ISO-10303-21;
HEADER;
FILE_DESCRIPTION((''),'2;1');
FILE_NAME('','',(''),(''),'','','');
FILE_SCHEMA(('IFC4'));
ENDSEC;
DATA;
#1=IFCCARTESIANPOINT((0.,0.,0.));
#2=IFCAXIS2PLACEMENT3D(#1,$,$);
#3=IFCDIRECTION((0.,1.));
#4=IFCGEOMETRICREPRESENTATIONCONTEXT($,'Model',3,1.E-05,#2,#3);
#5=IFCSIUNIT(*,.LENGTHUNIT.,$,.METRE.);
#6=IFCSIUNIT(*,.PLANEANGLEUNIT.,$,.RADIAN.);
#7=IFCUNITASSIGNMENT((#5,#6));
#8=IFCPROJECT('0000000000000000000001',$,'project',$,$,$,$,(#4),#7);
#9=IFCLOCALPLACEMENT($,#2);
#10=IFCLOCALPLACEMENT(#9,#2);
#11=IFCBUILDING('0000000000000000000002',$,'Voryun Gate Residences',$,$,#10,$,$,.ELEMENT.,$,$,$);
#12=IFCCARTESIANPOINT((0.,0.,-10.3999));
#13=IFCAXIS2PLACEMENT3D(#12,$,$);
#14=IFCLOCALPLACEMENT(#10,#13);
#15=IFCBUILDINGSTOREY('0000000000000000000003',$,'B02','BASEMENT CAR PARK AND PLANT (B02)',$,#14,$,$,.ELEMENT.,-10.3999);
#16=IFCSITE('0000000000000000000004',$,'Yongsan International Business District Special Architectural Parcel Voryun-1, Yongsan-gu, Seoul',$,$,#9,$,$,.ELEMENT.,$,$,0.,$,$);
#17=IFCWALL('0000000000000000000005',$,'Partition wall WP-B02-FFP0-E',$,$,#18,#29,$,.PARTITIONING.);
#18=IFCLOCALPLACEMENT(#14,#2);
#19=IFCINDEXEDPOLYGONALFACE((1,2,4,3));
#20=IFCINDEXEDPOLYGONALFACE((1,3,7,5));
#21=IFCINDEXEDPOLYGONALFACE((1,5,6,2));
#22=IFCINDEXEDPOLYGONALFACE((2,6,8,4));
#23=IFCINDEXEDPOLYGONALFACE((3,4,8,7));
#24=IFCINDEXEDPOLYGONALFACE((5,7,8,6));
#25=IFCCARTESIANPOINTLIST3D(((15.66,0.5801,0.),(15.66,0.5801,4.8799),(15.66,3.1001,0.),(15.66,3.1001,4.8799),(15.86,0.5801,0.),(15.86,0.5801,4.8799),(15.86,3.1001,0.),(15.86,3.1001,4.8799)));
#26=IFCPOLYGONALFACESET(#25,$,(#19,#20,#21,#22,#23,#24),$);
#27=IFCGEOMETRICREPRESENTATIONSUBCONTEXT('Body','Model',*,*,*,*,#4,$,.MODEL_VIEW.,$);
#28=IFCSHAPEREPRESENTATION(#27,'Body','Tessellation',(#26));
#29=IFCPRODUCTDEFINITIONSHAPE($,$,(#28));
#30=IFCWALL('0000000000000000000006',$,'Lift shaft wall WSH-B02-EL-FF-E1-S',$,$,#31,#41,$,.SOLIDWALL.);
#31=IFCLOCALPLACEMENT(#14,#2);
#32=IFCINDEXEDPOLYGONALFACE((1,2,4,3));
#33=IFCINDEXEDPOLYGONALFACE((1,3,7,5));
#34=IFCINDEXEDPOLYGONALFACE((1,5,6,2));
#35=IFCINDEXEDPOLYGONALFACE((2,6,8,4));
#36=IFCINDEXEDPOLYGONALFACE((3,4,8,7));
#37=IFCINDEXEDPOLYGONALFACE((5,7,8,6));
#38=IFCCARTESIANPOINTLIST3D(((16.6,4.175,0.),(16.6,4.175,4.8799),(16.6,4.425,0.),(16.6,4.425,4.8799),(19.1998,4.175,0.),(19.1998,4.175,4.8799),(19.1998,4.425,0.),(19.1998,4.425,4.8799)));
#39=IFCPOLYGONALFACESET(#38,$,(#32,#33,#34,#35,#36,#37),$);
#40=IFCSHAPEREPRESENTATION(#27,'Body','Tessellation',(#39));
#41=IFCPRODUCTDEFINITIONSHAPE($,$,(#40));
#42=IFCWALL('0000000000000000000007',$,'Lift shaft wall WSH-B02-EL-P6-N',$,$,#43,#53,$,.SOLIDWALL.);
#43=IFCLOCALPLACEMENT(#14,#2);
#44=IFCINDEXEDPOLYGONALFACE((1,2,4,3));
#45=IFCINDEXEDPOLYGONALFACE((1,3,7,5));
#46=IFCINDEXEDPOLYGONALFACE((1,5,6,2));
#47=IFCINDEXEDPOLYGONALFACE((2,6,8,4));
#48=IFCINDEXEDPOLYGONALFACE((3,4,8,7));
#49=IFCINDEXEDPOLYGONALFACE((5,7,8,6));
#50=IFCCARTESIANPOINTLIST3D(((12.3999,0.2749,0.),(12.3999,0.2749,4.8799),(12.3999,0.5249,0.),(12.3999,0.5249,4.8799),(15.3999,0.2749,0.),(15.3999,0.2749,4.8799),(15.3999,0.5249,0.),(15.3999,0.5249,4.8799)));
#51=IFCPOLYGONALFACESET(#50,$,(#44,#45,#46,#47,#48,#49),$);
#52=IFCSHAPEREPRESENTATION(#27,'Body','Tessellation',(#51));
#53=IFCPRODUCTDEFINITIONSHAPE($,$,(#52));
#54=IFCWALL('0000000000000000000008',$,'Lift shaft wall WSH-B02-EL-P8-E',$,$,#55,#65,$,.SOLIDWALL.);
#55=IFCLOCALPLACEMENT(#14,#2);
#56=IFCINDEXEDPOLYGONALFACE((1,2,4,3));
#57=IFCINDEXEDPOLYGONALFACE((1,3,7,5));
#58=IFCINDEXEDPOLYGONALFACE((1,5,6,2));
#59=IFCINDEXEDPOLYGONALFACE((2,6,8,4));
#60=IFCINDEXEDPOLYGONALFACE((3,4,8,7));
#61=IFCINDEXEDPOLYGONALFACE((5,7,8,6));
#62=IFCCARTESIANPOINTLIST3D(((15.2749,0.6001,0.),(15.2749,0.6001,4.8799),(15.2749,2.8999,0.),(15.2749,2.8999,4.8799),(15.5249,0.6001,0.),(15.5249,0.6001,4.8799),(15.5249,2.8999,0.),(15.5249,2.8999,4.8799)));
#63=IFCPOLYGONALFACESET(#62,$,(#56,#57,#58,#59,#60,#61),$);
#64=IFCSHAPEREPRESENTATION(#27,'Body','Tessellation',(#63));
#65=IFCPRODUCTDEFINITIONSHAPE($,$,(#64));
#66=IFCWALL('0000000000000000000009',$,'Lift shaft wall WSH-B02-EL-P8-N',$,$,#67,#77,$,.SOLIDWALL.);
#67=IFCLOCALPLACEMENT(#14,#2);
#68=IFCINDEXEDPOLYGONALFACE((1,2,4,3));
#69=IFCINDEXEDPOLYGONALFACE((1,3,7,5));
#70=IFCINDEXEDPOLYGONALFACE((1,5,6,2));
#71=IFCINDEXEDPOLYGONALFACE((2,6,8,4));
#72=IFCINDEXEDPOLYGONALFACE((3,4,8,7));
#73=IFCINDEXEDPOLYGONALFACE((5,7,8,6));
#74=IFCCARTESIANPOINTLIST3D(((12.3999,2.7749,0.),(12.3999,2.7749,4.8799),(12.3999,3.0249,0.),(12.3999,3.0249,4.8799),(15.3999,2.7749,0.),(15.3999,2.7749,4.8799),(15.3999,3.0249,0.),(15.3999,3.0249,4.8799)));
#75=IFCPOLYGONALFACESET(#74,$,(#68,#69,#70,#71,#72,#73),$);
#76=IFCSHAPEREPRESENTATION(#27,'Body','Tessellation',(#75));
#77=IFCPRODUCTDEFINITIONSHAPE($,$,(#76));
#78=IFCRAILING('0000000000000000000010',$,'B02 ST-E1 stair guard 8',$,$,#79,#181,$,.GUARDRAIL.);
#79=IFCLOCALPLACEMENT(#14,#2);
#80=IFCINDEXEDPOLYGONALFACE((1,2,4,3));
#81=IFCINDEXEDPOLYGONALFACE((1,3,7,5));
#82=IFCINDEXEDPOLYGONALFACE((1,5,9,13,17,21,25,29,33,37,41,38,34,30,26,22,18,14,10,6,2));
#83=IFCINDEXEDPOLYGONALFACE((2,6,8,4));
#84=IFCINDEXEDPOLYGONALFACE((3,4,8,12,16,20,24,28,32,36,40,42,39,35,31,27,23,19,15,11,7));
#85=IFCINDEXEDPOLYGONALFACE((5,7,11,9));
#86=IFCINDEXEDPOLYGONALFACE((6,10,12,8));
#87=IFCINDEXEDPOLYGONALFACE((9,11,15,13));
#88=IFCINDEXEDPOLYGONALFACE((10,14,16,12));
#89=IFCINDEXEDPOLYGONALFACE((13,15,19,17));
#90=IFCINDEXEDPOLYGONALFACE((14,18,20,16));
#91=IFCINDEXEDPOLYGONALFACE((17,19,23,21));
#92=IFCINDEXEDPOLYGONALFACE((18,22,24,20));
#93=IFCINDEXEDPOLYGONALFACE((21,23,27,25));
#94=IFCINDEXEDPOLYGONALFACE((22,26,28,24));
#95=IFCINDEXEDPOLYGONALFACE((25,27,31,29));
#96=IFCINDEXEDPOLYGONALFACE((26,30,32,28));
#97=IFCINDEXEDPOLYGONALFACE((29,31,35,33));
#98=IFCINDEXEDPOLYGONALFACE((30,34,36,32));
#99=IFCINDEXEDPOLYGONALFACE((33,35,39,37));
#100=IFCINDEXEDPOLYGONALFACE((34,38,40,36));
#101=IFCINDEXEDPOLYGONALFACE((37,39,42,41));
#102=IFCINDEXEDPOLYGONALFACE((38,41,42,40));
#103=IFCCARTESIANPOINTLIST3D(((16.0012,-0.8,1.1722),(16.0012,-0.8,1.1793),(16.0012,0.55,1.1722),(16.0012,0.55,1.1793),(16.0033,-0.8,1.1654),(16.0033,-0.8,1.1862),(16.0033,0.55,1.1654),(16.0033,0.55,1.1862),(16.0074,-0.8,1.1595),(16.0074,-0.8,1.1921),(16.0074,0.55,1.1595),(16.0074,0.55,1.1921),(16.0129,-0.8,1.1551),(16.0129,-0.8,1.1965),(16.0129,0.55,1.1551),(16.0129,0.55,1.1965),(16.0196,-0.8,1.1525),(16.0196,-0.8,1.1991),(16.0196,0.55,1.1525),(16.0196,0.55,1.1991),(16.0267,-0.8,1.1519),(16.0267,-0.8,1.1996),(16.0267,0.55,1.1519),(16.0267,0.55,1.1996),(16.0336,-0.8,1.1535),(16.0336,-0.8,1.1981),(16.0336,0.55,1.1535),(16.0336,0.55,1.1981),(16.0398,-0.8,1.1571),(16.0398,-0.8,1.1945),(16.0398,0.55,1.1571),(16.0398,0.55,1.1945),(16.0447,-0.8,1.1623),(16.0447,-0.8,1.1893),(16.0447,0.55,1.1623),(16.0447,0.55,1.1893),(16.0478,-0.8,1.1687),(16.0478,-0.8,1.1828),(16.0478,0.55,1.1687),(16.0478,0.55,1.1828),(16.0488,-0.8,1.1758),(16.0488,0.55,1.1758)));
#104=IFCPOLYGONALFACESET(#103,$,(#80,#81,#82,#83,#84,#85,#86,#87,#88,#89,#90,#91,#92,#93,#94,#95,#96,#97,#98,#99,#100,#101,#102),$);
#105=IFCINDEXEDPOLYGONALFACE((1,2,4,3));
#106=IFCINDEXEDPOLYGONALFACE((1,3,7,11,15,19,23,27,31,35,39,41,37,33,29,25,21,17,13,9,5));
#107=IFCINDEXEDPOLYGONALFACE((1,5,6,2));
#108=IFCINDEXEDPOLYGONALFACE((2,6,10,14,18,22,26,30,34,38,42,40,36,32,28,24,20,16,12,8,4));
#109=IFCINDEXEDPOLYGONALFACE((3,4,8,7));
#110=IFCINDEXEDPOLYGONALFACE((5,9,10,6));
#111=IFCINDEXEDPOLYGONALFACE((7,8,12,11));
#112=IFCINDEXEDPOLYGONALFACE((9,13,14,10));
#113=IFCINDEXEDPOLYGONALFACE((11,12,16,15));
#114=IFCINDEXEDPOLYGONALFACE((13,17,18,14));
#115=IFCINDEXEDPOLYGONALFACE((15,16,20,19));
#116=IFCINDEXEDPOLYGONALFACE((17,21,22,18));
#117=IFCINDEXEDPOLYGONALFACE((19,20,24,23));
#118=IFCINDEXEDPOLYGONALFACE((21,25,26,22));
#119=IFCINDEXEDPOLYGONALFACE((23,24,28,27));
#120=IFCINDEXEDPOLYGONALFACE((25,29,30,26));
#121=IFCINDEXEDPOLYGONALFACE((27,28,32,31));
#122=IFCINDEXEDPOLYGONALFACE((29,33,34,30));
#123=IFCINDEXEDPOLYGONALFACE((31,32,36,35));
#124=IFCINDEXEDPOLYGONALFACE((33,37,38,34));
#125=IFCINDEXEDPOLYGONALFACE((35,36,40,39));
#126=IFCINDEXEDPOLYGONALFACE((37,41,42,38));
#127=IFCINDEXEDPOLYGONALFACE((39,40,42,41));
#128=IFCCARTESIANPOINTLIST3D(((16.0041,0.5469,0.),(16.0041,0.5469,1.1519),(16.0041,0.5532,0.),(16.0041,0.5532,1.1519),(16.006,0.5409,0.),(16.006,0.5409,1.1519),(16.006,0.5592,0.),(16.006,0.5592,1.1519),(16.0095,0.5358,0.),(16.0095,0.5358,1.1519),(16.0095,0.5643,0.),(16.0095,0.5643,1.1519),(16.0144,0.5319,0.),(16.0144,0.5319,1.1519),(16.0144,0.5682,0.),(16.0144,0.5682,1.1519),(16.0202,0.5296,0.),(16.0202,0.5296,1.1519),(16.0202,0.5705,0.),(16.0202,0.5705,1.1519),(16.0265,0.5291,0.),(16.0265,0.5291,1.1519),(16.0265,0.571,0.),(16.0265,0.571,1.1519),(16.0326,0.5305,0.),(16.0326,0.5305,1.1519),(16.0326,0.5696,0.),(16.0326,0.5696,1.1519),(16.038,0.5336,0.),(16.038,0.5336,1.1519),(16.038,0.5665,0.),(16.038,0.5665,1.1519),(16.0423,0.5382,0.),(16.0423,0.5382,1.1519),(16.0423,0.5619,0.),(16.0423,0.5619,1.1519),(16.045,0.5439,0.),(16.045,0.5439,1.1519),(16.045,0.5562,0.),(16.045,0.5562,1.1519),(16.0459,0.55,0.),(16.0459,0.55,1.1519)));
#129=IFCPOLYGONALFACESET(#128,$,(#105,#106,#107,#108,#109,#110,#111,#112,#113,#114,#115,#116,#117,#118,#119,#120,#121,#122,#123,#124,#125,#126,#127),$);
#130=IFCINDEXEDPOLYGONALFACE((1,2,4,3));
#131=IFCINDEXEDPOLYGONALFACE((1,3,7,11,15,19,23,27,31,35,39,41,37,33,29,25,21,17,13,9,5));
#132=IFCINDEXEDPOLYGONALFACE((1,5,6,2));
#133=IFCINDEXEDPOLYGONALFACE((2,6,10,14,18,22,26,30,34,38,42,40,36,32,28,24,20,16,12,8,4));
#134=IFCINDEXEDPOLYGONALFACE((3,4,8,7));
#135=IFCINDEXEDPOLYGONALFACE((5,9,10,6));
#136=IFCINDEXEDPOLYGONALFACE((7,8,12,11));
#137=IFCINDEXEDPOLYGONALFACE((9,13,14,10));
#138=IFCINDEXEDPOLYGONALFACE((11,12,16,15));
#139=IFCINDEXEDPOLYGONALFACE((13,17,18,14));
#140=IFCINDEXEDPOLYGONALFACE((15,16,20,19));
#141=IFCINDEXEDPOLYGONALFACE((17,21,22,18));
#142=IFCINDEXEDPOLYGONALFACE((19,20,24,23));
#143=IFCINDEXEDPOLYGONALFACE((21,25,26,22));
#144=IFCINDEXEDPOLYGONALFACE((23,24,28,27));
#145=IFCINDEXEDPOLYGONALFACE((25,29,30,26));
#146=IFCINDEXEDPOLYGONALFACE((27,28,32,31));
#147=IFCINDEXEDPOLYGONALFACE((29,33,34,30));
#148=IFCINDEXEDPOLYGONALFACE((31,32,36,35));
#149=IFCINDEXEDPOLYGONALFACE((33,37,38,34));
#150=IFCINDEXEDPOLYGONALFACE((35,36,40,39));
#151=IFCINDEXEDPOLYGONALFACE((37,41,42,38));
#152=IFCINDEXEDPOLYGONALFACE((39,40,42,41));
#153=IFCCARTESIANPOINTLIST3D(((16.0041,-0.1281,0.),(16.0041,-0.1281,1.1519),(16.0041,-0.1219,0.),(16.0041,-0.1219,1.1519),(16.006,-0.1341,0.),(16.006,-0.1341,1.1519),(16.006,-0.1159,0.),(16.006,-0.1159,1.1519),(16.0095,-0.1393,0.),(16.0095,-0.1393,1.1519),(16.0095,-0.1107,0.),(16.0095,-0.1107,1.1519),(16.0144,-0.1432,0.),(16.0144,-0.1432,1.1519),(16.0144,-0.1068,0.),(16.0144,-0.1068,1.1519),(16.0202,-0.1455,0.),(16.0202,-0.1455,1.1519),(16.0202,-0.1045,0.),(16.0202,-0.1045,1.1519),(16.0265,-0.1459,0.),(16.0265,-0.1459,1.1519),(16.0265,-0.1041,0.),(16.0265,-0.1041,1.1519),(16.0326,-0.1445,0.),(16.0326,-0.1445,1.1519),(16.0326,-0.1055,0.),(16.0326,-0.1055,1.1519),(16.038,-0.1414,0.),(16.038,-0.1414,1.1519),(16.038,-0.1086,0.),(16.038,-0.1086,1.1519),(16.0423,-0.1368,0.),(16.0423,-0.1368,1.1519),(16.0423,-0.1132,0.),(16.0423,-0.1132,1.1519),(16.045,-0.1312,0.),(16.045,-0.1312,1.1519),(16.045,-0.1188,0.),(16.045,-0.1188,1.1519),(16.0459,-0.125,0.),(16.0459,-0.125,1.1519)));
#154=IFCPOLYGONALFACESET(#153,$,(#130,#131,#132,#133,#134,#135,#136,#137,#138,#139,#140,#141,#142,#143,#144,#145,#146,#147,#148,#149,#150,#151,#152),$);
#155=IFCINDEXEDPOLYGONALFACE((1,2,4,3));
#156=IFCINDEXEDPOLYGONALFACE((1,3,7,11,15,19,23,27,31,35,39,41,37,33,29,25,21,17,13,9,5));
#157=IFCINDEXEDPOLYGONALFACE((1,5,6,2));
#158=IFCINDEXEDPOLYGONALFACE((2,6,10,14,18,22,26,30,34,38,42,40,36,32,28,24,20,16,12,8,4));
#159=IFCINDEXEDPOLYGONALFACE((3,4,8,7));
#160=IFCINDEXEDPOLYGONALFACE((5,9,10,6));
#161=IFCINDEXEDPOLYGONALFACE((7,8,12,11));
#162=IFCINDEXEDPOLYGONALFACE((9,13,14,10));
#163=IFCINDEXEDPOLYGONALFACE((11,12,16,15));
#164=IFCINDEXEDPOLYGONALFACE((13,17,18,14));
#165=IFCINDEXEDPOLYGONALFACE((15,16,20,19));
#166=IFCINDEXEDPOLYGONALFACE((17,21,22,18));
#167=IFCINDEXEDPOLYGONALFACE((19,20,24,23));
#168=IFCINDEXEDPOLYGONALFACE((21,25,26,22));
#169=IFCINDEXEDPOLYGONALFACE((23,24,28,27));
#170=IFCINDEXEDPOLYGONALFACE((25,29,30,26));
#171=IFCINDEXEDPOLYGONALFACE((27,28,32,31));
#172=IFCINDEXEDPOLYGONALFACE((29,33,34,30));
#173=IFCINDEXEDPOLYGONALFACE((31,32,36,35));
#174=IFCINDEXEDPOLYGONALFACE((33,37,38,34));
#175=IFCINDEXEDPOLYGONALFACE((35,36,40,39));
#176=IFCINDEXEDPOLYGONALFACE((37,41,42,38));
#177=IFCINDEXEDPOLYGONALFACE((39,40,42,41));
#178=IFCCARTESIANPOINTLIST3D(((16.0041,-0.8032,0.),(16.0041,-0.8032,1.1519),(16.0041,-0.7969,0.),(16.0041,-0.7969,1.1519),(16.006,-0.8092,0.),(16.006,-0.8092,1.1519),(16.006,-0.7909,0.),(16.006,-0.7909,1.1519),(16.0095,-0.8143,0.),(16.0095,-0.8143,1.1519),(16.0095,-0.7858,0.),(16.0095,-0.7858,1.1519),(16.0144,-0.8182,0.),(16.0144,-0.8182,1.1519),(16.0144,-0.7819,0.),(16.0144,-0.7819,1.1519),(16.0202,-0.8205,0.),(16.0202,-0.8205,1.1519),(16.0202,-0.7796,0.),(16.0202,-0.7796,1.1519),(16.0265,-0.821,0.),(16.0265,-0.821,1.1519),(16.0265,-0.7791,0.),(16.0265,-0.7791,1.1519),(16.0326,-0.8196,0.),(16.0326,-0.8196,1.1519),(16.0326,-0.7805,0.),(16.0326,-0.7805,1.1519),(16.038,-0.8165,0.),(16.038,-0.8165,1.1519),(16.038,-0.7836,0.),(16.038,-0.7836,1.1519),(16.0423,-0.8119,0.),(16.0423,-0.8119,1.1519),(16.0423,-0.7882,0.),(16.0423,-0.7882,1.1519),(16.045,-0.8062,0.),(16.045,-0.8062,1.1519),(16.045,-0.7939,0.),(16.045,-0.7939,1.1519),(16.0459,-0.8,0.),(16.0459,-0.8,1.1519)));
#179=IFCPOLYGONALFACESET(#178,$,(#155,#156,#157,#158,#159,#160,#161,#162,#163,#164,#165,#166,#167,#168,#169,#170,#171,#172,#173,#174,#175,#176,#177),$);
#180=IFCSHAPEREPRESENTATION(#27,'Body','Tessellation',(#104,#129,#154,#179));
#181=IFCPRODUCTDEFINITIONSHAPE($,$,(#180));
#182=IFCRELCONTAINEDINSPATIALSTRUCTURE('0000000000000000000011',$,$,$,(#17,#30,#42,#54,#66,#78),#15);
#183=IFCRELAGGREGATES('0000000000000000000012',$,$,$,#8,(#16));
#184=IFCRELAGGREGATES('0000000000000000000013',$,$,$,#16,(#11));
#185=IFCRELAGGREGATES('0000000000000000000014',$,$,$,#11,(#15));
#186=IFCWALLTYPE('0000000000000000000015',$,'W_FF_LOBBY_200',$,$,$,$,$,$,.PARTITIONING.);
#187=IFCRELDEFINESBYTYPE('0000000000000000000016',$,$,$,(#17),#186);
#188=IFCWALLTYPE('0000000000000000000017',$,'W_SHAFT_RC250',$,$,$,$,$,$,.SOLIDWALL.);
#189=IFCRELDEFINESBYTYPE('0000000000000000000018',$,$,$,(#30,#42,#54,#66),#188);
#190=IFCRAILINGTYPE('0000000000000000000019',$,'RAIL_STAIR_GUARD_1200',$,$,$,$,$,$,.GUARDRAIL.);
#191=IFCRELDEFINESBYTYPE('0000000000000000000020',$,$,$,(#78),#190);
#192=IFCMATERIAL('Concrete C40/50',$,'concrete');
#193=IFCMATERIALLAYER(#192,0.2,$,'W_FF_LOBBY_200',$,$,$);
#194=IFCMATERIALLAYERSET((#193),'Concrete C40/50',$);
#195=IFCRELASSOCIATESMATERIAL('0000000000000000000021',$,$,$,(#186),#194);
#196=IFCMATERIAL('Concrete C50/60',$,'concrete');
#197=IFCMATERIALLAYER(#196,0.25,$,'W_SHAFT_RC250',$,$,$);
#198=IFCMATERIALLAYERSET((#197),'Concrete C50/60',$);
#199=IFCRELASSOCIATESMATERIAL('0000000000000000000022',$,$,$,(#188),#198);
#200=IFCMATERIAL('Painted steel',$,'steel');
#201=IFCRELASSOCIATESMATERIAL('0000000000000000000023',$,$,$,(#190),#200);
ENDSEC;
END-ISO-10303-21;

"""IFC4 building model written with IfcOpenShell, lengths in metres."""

from ifc_helpers import new_model, si_unit, direction, frame, frame_2d, origin, origin_2d, place, context, subcontext, project, spatial, rectangle, circle, extrude, material, layer, layer_set, type_object, element, save


model = new_model("IFC4")

# Units and contexts
model_context = context("Model", 3, precision=1e-05, world=origin(), true_north=direction((0.0, 1.0)))
body_context = subcontext(model_context, "Body", "Model", "MODEL_VIEW")
ifc_project = project(units=[si_unit("LENGTHUNIT", "METRE"), si_unit("PLANEANGLEUNIT", "RADIAN")], contexts=[model_context])

# Site, building, storey
site_placement = place(None, origin())
site = spatial("IfcSite", under=ifc_project, at=site_placement, Name="Yongsan International Business District Special Architectural Parcel Voryun-1, Yongsan-gu, Seoul", CompositionType="ELEMENT", RefElevation=0.0)
building_placement = place(site_placement, origin())
building = spatial("IfcBuilding", under=site, at=building_placement, Name="Voryun Gate Residences", CompositionType="ELEMENT")
storey_placement = place(building_placement, frame((0.0, 0.0, -10.3999)))
storey = spatial("IfcBuildingStorey", under=building, at=storey_placement, Name="B02", Description="BASEMENT CAR PARK AND PLANT (B02)", CompositionType="ELEMENT", Elevation=-10.3999)

# Walls
ifc_material_1 = material(Name="Concrete C40/50", Category="concrete")
ifc_layer_1 = layer(ifc_material_1, 0.2, Name="W_FF_LOBBY_200")
ifc_layer_set_1 = layer_set([ifc_layer_1], Name="Concrete C40/50")
wall_type_1 = type_object("IfcWallType", Name="W_FF_LOBBY_200", PredefinedType="PARTITIONING", material=ifc_layer_set_1)
wall_1_placement = place(storey_placement, frame((15.76, 0.5801, 0.0), z_axis=(0.0, 0.0, 1.0), x_axis=(0.0, 1.0, 0.0)))
element("IfcWall", 1, at=wall_1_placement, inside=storey, type_object=wall_type_1, Name="Partition wall WP-B02-FFP0-E", PredefinedType="PARTITIONING", context=body_context, shape_type="SweptSolid", body=[
    extrude(rectangle(XDim=2.52, YDim=0.2, at=frame_2d((1.26, 0.0))), origin(), (0.0, 0.0, 1.0), 4.8799),
])
ifc_material_2 = material(Name="Concrete C50/60", Category="concrete")
ifc_layer_2 = layer(ifc_material_2, 0.25, Name="W_SHAFT_RC250")
ifc_layer_set_2 = layer_set([ifc_layer_2], Name="Concrete C50/60")
wall_type_2 = type_object("IfcWallType", Name="W_SHAFT_RC250", PredefinedType="SOLIDWALL", material=ifc_layer_set_2)
wall_2_placement = place(storey_placement, frame((16.6001, 4.3, 0.0), z_axis=(0.0, 0.0, 1.0), x_axis=(1.0, 0.0, 0.0)))
element("IfcWall", 2, at=wall_2_placement, inside=storey, type_object=wall_type_2, Name="Lift shaft wall WSH-B02-EL-FF-E1-S", PredefinedType="SOLIDWALL", context=body_context, shape_type="SweptSolid", body=[
    extrude(rectangle(XDim=2.5999, YDim=0.25, at=frame_2d((1.2998, 0.0))), origin(), (0.0, 0.0, 1.0), 4.8799),
])
wall_3_placement = place(storey_placement, frame((15.3999, 0.3999, 0.0), z_axis=(0.0, 0.0, 1.0), x_axis=(-1.0, 0.0, 0.0)))
element("IfcWall", 3, at=wall_3_placement, inside=storey, type_object=wall_type_2, Name="Lift shaft wall WSH-B02-EL-P6-N", PredefinedType="SOLIDWALL", context=body_context, shape_type="SweptSolid", body=[
    extrude(rectangle(XDim=3.0, YDim=0.25, at=frame_2d((1.5, 0.0))), origin(), (0.0, 0.0, 1.0), 4.8799),
])
wall_4_placement = place(storey_placement, frame((15.3999, 0.6001, 0.0), z_axis=(0.0, 0.0, 1.0), x_axis=(0.0, 1.0, 0.0)))
element("IfcWall", 4, at=wall_4_placement, inside=storey, type_object=wall_type_2, Name="Lift shaft wall WSH-B02-EL-P8-E", PredefinedType="SOLIDWALL", context=body_context, shape_type="SweptSolid", body=[
    extrude(rectangle(XDim=2.2998, YDim=0.25, at=frame_2d((1.1499, 0.0))), origin(), (0.0, 0.0, 1.0), 4.8799),
])
wall_5_placement = place(storey_placement, frame((15.3999, 2.8999, 0.0), z_axis=(0.0, 0.0, 1.0), x_axis=(-1.0, 0.0, 0.0)))
element("IfcWall", 5, at=wall_5_placement, inside=storey, type_object=wall_type_2, Name="Lift shaft wall WSH-B02-EL-P8-N", PredefinedType="SOLIDWALL", context=body_context, shape_type="SweptSolid", body=[
    extrude(rectangle(XDim=3.0, YDim=0.25, at=frame_2d((1.5, 0.0))), origin(), (0.0, 0.0, 1.0), 4.8799),
])

# Railing
ifc_material_3 = material(Name="Painted steel", Category="steel")
railing_type = type_object("IfcRailingType", Name="RAIL_STAIR_GUARD_1200", PredefinedType="GUARDRAIL", material=ifc_material_3)
for number, where, name in (
    (6, (16.0249, 0.55, 0.0), "B02 ST-E1 stair guard 8"),
):
    element("IfcRailing", number, at=place(storey_placement, frame(where)), inside=storey, type_object=railing_type, Name=name, PredefinedType="GUARDRAIL", context=body_context, shape_type="SweptSolid", body=[
        extrude(circle(Radius=0.0239, at=origin_2d()), frame((0.0, 0.0, 1.1758), z_axis=(0.0, -1.0, 0.0), x_axis=(1.0, 0.0, 0.0)), (0.0, 0.0, 1.0), 1.3501),
        extrude(circle(Radius=0.021, at=origin_2d()), origin(), (0.0, 0.0, 1.0), 1.1519),
        extrude(circle(Radius=0.021, at=origin_2d()), frame((0.0, -0.675, 0.0)), (0.0, 0.0, 1.0), 1.1519),
        extrude(circle(Radius=0.021, at=origin_2d()), frame((0.0, -1.3501, 0.0)), (0.0, 0.0, 1.0), 1.1519),
    ])

save(model, "model.ifc")
